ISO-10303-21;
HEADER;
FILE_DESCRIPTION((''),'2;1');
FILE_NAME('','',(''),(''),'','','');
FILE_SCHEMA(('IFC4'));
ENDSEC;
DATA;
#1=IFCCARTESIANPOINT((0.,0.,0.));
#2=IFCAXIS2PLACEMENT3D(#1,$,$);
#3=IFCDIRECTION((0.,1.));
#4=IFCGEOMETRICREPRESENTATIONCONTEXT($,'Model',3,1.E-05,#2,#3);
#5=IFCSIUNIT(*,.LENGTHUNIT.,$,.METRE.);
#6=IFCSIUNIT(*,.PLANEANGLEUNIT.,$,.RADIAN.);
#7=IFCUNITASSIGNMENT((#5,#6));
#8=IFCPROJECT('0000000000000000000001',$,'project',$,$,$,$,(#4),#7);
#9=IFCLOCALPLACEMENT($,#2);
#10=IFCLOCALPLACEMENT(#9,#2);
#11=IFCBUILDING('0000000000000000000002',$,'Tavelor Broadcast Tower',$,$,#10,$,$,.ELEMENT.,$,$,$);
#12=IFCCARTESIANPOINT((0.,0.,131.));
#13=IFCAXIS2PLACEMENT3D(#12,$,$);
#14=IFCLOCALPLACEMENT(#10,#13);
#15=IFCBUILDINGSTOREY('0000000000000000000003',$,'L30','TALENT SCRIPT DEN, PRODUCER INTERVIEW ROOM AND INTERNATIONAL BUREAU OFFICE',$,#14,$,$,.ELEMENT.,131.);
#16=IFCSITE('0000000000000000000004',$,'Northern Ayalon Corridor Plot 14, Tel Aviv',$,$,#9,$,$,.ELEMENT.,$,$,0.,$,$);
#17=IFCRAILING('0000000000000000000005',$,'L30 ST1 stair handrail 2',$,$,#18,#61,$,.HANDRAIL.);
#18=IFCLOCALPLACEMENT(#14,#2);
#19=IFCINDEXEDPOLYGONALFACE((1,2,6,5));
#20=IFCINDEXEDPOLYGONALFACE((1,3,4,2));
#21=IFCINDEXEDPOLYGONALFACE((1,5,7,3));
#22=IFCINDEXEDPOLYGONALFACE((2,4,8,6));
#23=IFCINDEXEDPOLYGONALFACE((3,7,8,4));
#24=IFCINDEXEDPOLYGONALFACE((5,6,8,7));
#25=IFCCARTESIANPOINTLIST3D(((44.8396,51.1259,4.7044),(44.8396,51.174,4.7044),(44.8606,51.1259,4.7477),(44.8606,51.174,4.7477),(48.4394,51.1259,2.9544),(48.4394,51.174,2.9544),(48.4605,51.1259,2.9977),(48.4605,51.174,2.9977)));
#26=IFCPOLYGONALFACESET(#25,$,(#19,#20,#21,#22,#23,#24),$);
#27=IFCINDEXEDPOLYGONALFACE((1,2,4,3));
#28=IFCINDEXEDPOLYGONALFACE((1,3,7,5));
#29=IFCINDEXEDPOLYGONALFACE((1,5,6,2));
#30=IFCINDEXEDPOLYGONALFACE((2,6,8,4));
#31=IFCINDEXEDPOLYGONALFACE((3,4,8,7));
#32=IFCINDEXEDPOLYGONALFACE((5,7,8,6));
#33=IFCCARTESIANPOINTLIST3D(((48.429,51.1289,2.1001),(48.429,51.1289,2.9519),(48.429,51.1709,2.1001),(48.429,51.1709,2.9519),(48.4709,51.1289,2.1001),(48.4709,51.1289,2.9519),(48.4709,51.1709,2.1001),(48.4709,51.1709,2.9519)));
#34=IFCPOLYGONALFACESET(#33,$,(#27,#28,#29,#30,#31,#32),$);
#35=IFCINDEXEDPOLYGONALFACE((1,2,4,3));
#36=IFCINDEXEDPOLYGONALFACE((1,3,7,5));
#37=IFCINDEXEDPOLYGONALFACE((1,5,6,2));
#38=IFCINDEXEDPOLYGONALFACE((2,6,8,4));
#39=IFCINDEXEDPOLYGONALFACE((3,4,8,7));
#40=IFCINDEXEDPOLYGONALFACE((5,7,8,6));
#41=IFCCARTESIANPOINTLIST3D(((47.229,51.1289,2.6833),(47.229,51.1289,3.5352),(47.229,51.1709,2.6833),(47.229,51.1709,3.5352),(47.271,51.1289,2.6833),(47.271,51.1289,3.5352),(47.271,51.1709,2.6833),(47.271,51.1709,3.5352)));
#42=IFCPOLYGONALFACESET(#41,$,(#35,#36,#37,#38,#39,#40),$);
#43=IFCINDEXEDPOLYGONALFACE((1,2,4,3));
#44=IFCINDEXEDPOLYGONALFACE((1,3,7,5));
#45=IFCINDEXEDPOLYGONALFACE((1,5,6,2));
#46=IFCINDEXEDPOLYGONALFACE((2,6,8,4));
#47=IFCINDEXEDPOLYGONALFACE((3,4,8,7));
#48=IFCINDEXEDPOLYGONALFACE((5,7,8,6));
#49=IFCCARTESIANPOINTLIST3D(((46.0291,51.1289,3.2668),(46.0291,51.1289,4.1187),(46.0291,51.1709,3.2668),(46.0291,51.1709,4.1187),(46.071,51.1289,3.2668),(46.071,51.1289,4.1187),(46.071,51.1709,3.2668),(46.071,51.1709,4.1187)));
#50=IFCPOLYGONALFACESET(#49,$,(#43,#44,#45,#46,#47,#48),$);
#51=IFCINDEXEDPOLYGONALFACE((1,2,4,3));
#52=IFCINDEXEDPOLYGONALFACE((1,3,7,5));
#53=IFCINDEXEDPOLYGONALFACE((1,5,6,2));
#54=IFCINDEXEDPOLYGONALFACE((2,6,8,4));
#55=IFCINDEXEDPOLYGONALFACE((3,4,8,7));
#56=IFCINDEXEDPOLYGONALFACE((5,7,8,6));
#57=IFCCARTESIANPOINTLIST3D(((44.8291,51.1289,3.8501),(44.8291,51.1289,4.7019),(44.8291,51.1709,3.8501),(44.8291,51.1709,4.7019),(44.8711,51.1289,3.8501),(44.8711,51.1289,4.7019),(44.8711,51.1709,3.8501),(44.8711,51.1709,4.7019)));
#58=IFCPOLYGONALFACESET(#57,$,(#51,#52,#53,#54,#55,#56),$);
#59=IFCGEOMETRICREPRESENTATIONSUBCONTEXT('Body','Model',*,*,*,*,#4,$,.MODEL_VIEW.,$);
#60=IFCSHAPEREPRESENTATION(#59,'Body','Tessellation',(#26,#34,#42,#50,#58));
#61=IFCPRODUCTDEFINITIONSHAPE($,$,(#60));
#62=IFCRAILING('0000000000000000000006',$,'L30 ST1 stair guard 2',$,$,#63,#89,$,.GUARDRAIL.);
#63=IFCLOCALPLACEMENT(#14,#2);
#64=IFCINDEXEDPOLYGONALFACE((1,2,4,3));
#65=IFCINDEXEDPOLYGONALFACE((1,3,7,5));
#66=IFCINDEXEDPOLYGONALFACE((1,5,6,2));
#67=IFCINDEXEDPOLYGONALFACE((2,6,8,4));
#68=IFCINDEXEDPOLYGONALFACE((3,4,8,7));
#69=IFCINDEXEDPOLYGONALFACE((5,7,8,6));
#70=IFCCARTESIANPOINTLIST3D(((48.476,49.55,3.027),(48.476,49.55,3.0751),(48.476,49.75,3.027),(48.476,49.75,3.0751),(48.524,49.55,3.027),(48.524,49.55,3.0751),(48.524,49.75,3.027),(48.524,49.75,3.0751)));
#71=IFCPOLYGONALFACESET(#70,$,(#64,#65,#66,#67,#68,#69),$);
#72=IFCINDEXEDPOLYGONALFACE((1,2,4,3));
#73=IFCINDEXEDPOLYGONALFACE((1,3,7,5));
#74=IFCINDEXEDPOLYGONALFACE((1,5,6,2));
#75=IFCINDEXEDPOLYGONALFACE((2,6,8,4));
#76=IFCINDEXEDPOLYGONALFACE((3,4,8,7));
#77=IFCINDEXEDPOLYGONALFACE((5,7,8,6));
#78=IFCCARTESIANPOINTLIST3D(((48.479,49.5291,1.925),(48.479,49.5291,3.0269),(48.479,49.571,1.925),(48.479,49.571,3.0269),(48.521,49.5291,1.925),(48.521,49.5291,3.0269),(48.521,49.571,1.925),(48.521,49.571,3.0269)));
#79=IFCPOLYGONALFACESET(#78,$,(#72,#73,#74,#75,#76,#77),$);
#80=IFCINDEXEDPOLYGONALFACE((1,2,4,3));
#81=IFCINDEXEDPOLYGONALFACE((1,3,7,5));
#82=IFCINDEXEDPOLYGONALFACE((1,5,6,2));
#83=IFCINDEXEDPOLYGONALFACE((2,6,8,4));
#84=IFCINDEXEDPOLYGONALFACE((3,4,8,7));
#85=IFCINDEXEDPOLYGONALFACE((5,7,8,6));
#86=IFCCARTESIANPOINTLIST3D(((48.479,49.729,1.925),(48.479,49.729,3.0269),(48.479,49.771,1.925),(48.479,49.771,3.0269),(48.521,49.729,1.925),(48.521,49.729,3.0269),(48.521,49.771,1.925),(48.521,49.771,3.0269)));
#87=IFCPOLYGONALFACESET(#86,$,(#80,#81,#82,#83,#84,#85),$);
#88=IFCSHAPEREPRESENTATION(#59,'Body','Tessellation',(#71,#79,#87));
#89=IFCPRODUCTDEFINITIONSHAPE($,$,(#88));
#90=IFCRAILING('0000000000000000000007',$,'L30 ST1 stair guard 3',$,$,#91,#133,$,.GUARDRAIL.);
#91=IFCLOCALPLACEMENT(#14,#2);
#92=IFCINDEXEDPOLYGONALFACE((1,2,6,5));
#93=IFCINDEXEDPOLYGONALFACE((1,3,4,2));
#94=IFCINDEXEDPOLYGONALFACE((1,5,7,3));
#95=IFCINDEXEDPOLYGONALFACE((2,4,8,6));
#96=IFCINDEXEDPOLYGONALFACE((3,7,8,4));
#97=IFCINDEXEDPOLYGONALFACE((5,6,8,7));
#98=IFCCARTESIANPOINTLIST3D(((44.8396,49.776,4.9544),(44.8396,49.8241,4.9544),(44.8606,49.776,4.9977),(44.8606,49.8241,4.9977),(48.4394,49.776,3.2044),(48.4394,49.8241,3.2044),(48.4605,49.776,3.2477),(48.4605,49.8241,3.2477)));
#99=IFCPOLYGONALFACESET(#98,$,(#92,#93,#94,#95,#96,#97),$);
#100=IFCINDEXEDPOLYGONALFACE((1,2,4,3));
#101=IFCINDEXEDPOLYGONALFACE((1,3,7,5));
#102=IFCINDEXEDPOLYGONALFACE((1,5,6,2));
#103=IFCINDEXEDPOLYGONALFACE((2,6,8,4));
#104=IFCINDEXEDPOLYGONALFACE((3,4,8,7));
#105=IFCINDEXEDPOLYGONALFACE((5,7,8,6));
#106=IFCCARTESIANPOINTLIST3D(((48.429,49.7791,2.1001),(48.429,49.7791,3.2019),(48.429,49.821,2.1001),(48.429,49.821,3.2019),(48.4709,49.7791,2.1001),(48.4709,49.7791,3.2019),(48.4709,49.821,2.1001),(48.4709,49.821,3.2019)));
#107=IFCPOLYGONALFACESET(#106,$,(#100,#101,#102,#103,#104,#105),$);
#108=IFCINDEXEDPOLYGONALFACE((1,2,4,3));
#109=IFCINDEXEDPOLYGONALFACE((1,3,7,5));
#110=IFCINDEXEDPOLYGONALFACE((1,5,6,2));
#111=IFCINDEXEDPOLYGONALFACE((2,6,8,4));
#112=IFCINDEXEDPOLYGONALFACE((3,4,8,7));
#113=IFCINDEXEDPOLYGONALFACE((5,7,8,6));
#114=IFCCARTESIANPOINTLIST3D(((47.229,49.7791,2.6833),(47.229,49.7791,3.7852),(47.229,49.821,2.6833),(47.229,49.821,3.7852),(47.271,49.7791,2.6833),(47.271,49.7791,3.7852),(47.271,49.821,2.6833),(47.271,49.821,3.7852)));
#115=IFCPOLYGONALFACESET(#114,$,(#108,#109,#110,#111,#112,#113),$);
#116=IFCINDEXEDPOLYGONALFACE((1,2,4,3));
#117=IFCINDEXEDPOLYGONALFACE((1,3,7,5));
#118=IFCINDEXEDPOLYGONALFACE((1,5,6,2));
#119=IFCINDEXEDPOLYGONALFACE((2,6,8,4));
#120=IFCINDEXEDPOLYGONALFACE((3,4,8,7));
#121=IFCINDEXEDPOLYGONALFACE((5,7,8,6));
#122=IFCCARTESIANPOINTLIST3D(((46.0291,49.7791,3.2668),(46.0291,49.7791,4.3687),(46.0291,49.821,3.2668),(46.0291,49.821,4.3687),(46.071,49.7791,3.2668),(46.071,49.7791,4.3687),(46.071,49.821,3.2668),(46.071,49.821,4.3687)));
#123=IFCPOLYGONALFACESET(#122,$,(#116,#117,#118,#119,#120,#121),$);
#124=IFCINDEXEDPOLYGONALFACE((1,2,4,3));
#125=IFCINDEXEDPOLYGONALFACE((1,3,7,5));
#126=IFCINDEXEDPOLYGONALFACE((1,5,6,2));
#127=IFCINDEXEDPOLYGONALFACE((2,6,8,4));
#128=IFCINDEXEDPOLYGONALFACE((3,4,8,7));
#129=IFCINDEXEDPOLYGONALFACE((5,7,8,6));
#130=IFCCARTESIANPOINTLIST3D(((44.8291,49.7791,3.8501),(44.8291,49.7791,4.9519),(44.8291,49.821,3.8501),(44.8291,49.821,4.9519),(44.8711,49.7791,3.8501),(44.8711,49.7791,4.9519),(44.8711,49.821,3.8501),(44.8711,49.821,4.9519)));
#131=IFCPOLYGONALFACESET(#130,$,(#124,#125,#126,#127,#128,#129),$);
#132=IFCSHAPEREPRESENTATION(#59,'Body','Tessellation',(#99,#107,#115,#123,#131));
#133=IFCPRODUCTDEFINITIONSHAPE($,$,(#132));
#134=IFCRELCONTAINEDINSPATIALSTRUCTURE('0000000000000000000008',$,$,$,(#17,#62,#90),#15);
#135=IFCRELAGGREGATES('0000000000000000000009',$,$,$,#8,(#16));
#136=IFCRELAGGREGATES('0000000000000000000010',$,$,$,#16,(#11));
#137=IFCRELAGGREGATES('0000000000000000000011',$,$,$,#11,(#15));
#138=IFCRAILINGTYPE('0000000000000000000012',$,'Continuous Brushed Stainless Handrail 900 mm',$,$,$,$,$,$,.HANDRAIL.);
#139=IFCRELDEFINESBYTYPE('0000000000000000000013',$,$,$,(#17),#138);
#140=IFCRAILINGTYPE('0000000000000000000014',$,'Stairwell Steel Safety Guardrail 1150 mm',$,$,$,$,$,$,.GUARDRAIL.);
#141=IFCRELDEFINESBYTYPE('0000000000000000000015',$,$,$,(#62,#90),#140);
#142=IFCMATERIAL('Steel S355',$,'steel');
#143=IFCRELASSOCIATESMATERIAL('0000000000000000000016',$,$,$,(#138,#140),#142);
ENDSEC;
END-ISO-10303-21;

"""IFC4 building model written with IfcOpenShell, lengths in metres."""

from ifc_helpers import new_model, si_unit, direction, frame, origin, origin_2d, place, context, subcontext, project, spatial, rectangle, extrude, material, type_object, element, save


model = new_model("IFC4")

# Units and contexts
model_context = context("Model", 3, precision=1e-05, world=origin(), true_north=direction((0.0, 1.0)))
body_context = subcontext(model_context, "Body", "Model", "MODEL_VIEW")
ifc_project = project(units=[si_unit("LENGTHUNIT", "METRE"), si_unit("PLANEANGLEUNIT", "RADIAN")], contexts=[model_context])

# Site, building, storey
site_placement = place(None, origin())
site = spatial("IfcSite", under=ifc_project, at=site_placement, Name="Northern Ayalon Corridor Plot 14, Tel Aviv", CompositionType="ELEMENT", RefElevation=0.0)
building_placement = place(site_placement, origin())
building = spatial("IfcBuilding", under=site, at=building_placement, Name="Tavelor Broadcast Tower", CompositionType="ELEMENT")
storey_placement = place(building_placement, frame((0.0, 0.0, 131.0)))
storey = spatial("IfcBuildingStorey", under=building, at=storey_placement, Name="L30", Description="TALENT SCRIPT DEN, PRODUCER INTERVIEW ROOM AND INTERNATIONAL BUREAU OFFICE", CompositionType="ELEMENT", Elevation=131.0)

# Shared definitions
ifc_material_1 = material(Name="Steel S355", Category="steel")

# Railings
railing_type_1 = type_object("IfcRailingType", Name="Continuous Brushed Stainless Handrail 900 mm", PredefinedType="HANDRAIL", material=ifc_material_1)
railing_1_placement = place(storey_placement, frame((48.45, 51.1499, 2.1001)))
element("IfcRailing", 1, at=railing_1_placement, inside=storey, type_object=railing_type_1, Name="L30 ST1 stair handrail 2", PredefinedType="HANDRAIL", context=body_context, shape_type="SweptSolid", body=[
    extrude(rectangle(XDim=0.0481, YDim=0.0481, at=origin_2d()), frame((0.0, 0.0, 0.876), z_axis=(-0.899361, 0.0, 0.437207), x_axis=(0.0, -1.0, 0.0)), (0.0, 0.0, 1.0), 4.0027),
    extrude(rectangle(XDim=0.042, YDim=0.042, at=origin_2d()), origin(), (0.0, 0.0, 1.0), 0.8518),
    extrude(rectangle(XDim=0.042, YDim=0.042, at=origin_2d()), frame((-1.2, 0.0, 0.5833)), (0.0, 0.0, 1.0), 0.8518),
    extrude(rectangle(XDim=0.042, YDim=0.042, at=origin_2d()), frame((-2.3999, 0.0, 1.1667)), (0.0, 0.0, 1.0), 0.8518),
    extrude(rectangle(XDim=0.042, YDim=0.042, at=origin_2d()), frame((-3.5999, 0.0, 1.75)), (0.0, 0.0, 1.0), 0.8518),
])
railing_type_2 = type_object("IfcRailingType", Name="Stairwell Steel Safety Guardrail 1150 mm", PredefinedType="GUARDRAIL", material=ifc_material_1)
railing_2_placement = place(storey_placement, frame((48.5, 49.55, 1.925)))
element("IfcRailing", 2, at=railing_2_placement, inside=storey, type_object=railing_type_2, Name="L30 ST1 stair guard 2", PredefinedType="GUARDRAIL", context=body_context, shape_type="SweptSolid", body=[
    extrude(rectangle(XDim=0.0481, YDim=0.0481, at=origin_2d()), frame((0.0, 0.0, 1.126), z_axis=(0.0, 1.0, 0.0), x_axis=(-1.0, 0.0, 0.0)), (0.0, 0.0, 1.0), 0.2),
    extrude(rectangle(XDim=0.042, YDim=0.042, at=origin_2d()), origin(), (0.0, 0.0, 1.0), 1.1018),
    extrude(rectangle(XDim=0.042, YDim=0.042, at=origin_2d()), frame((0.0, 0.2, 0.0)), (0.0, 0.0, 1.0), 1.1018),
])
railing_3_placement = place(storey_placement, frame((48.45, 49.8, 2.1001)))
element("IfcRailing", 3, at=railing_3_placement, inside=storey, type_object=railing_type_2, Name="L30 ST1 stair guard 3", PredefinedType="GUARDRAIL", context=body_context, shape_type="SweptSolid", body=[
    extrude(rectangle(XDim=0.0481, YDim=0.0481, at=origin_2d()), frame((0.0, 0.0, 1.126), z_axis=(-0.899361, 0.0, 0.437207), x_axis=(0.0, -1.0, 0.0)), (0.0, 0.0, 1.0), 4.0027),
    extrude(rectangle(XDim=0.042, YDim=0.042, at=origin_2d()), origin(), (0.0, 0.0, 1.0), 1.1018),
    extrude(rectangle(XDim=0.042, YDim=0.042, at=origin_2d()), frame((-1.2, 0.0, 0.5833)), (0.0, 0.0, 1.0), 1.1018),
    extrude(rectangle(XDim=0.042, YDim=0.042, at=origin_2d()), frame((-2.3999, 0.0, 1.1667)), (0.0, 0.0, 1.0), 1.1018),
    extrude(rectangle(XDim=0.042, YDim=0.042, at=origin_2d()), frame((-3.5999, 0.0, 1.75)), (0.0, 0.0, 1.0), 1.1018),
])

save(model, "model.ifc")
